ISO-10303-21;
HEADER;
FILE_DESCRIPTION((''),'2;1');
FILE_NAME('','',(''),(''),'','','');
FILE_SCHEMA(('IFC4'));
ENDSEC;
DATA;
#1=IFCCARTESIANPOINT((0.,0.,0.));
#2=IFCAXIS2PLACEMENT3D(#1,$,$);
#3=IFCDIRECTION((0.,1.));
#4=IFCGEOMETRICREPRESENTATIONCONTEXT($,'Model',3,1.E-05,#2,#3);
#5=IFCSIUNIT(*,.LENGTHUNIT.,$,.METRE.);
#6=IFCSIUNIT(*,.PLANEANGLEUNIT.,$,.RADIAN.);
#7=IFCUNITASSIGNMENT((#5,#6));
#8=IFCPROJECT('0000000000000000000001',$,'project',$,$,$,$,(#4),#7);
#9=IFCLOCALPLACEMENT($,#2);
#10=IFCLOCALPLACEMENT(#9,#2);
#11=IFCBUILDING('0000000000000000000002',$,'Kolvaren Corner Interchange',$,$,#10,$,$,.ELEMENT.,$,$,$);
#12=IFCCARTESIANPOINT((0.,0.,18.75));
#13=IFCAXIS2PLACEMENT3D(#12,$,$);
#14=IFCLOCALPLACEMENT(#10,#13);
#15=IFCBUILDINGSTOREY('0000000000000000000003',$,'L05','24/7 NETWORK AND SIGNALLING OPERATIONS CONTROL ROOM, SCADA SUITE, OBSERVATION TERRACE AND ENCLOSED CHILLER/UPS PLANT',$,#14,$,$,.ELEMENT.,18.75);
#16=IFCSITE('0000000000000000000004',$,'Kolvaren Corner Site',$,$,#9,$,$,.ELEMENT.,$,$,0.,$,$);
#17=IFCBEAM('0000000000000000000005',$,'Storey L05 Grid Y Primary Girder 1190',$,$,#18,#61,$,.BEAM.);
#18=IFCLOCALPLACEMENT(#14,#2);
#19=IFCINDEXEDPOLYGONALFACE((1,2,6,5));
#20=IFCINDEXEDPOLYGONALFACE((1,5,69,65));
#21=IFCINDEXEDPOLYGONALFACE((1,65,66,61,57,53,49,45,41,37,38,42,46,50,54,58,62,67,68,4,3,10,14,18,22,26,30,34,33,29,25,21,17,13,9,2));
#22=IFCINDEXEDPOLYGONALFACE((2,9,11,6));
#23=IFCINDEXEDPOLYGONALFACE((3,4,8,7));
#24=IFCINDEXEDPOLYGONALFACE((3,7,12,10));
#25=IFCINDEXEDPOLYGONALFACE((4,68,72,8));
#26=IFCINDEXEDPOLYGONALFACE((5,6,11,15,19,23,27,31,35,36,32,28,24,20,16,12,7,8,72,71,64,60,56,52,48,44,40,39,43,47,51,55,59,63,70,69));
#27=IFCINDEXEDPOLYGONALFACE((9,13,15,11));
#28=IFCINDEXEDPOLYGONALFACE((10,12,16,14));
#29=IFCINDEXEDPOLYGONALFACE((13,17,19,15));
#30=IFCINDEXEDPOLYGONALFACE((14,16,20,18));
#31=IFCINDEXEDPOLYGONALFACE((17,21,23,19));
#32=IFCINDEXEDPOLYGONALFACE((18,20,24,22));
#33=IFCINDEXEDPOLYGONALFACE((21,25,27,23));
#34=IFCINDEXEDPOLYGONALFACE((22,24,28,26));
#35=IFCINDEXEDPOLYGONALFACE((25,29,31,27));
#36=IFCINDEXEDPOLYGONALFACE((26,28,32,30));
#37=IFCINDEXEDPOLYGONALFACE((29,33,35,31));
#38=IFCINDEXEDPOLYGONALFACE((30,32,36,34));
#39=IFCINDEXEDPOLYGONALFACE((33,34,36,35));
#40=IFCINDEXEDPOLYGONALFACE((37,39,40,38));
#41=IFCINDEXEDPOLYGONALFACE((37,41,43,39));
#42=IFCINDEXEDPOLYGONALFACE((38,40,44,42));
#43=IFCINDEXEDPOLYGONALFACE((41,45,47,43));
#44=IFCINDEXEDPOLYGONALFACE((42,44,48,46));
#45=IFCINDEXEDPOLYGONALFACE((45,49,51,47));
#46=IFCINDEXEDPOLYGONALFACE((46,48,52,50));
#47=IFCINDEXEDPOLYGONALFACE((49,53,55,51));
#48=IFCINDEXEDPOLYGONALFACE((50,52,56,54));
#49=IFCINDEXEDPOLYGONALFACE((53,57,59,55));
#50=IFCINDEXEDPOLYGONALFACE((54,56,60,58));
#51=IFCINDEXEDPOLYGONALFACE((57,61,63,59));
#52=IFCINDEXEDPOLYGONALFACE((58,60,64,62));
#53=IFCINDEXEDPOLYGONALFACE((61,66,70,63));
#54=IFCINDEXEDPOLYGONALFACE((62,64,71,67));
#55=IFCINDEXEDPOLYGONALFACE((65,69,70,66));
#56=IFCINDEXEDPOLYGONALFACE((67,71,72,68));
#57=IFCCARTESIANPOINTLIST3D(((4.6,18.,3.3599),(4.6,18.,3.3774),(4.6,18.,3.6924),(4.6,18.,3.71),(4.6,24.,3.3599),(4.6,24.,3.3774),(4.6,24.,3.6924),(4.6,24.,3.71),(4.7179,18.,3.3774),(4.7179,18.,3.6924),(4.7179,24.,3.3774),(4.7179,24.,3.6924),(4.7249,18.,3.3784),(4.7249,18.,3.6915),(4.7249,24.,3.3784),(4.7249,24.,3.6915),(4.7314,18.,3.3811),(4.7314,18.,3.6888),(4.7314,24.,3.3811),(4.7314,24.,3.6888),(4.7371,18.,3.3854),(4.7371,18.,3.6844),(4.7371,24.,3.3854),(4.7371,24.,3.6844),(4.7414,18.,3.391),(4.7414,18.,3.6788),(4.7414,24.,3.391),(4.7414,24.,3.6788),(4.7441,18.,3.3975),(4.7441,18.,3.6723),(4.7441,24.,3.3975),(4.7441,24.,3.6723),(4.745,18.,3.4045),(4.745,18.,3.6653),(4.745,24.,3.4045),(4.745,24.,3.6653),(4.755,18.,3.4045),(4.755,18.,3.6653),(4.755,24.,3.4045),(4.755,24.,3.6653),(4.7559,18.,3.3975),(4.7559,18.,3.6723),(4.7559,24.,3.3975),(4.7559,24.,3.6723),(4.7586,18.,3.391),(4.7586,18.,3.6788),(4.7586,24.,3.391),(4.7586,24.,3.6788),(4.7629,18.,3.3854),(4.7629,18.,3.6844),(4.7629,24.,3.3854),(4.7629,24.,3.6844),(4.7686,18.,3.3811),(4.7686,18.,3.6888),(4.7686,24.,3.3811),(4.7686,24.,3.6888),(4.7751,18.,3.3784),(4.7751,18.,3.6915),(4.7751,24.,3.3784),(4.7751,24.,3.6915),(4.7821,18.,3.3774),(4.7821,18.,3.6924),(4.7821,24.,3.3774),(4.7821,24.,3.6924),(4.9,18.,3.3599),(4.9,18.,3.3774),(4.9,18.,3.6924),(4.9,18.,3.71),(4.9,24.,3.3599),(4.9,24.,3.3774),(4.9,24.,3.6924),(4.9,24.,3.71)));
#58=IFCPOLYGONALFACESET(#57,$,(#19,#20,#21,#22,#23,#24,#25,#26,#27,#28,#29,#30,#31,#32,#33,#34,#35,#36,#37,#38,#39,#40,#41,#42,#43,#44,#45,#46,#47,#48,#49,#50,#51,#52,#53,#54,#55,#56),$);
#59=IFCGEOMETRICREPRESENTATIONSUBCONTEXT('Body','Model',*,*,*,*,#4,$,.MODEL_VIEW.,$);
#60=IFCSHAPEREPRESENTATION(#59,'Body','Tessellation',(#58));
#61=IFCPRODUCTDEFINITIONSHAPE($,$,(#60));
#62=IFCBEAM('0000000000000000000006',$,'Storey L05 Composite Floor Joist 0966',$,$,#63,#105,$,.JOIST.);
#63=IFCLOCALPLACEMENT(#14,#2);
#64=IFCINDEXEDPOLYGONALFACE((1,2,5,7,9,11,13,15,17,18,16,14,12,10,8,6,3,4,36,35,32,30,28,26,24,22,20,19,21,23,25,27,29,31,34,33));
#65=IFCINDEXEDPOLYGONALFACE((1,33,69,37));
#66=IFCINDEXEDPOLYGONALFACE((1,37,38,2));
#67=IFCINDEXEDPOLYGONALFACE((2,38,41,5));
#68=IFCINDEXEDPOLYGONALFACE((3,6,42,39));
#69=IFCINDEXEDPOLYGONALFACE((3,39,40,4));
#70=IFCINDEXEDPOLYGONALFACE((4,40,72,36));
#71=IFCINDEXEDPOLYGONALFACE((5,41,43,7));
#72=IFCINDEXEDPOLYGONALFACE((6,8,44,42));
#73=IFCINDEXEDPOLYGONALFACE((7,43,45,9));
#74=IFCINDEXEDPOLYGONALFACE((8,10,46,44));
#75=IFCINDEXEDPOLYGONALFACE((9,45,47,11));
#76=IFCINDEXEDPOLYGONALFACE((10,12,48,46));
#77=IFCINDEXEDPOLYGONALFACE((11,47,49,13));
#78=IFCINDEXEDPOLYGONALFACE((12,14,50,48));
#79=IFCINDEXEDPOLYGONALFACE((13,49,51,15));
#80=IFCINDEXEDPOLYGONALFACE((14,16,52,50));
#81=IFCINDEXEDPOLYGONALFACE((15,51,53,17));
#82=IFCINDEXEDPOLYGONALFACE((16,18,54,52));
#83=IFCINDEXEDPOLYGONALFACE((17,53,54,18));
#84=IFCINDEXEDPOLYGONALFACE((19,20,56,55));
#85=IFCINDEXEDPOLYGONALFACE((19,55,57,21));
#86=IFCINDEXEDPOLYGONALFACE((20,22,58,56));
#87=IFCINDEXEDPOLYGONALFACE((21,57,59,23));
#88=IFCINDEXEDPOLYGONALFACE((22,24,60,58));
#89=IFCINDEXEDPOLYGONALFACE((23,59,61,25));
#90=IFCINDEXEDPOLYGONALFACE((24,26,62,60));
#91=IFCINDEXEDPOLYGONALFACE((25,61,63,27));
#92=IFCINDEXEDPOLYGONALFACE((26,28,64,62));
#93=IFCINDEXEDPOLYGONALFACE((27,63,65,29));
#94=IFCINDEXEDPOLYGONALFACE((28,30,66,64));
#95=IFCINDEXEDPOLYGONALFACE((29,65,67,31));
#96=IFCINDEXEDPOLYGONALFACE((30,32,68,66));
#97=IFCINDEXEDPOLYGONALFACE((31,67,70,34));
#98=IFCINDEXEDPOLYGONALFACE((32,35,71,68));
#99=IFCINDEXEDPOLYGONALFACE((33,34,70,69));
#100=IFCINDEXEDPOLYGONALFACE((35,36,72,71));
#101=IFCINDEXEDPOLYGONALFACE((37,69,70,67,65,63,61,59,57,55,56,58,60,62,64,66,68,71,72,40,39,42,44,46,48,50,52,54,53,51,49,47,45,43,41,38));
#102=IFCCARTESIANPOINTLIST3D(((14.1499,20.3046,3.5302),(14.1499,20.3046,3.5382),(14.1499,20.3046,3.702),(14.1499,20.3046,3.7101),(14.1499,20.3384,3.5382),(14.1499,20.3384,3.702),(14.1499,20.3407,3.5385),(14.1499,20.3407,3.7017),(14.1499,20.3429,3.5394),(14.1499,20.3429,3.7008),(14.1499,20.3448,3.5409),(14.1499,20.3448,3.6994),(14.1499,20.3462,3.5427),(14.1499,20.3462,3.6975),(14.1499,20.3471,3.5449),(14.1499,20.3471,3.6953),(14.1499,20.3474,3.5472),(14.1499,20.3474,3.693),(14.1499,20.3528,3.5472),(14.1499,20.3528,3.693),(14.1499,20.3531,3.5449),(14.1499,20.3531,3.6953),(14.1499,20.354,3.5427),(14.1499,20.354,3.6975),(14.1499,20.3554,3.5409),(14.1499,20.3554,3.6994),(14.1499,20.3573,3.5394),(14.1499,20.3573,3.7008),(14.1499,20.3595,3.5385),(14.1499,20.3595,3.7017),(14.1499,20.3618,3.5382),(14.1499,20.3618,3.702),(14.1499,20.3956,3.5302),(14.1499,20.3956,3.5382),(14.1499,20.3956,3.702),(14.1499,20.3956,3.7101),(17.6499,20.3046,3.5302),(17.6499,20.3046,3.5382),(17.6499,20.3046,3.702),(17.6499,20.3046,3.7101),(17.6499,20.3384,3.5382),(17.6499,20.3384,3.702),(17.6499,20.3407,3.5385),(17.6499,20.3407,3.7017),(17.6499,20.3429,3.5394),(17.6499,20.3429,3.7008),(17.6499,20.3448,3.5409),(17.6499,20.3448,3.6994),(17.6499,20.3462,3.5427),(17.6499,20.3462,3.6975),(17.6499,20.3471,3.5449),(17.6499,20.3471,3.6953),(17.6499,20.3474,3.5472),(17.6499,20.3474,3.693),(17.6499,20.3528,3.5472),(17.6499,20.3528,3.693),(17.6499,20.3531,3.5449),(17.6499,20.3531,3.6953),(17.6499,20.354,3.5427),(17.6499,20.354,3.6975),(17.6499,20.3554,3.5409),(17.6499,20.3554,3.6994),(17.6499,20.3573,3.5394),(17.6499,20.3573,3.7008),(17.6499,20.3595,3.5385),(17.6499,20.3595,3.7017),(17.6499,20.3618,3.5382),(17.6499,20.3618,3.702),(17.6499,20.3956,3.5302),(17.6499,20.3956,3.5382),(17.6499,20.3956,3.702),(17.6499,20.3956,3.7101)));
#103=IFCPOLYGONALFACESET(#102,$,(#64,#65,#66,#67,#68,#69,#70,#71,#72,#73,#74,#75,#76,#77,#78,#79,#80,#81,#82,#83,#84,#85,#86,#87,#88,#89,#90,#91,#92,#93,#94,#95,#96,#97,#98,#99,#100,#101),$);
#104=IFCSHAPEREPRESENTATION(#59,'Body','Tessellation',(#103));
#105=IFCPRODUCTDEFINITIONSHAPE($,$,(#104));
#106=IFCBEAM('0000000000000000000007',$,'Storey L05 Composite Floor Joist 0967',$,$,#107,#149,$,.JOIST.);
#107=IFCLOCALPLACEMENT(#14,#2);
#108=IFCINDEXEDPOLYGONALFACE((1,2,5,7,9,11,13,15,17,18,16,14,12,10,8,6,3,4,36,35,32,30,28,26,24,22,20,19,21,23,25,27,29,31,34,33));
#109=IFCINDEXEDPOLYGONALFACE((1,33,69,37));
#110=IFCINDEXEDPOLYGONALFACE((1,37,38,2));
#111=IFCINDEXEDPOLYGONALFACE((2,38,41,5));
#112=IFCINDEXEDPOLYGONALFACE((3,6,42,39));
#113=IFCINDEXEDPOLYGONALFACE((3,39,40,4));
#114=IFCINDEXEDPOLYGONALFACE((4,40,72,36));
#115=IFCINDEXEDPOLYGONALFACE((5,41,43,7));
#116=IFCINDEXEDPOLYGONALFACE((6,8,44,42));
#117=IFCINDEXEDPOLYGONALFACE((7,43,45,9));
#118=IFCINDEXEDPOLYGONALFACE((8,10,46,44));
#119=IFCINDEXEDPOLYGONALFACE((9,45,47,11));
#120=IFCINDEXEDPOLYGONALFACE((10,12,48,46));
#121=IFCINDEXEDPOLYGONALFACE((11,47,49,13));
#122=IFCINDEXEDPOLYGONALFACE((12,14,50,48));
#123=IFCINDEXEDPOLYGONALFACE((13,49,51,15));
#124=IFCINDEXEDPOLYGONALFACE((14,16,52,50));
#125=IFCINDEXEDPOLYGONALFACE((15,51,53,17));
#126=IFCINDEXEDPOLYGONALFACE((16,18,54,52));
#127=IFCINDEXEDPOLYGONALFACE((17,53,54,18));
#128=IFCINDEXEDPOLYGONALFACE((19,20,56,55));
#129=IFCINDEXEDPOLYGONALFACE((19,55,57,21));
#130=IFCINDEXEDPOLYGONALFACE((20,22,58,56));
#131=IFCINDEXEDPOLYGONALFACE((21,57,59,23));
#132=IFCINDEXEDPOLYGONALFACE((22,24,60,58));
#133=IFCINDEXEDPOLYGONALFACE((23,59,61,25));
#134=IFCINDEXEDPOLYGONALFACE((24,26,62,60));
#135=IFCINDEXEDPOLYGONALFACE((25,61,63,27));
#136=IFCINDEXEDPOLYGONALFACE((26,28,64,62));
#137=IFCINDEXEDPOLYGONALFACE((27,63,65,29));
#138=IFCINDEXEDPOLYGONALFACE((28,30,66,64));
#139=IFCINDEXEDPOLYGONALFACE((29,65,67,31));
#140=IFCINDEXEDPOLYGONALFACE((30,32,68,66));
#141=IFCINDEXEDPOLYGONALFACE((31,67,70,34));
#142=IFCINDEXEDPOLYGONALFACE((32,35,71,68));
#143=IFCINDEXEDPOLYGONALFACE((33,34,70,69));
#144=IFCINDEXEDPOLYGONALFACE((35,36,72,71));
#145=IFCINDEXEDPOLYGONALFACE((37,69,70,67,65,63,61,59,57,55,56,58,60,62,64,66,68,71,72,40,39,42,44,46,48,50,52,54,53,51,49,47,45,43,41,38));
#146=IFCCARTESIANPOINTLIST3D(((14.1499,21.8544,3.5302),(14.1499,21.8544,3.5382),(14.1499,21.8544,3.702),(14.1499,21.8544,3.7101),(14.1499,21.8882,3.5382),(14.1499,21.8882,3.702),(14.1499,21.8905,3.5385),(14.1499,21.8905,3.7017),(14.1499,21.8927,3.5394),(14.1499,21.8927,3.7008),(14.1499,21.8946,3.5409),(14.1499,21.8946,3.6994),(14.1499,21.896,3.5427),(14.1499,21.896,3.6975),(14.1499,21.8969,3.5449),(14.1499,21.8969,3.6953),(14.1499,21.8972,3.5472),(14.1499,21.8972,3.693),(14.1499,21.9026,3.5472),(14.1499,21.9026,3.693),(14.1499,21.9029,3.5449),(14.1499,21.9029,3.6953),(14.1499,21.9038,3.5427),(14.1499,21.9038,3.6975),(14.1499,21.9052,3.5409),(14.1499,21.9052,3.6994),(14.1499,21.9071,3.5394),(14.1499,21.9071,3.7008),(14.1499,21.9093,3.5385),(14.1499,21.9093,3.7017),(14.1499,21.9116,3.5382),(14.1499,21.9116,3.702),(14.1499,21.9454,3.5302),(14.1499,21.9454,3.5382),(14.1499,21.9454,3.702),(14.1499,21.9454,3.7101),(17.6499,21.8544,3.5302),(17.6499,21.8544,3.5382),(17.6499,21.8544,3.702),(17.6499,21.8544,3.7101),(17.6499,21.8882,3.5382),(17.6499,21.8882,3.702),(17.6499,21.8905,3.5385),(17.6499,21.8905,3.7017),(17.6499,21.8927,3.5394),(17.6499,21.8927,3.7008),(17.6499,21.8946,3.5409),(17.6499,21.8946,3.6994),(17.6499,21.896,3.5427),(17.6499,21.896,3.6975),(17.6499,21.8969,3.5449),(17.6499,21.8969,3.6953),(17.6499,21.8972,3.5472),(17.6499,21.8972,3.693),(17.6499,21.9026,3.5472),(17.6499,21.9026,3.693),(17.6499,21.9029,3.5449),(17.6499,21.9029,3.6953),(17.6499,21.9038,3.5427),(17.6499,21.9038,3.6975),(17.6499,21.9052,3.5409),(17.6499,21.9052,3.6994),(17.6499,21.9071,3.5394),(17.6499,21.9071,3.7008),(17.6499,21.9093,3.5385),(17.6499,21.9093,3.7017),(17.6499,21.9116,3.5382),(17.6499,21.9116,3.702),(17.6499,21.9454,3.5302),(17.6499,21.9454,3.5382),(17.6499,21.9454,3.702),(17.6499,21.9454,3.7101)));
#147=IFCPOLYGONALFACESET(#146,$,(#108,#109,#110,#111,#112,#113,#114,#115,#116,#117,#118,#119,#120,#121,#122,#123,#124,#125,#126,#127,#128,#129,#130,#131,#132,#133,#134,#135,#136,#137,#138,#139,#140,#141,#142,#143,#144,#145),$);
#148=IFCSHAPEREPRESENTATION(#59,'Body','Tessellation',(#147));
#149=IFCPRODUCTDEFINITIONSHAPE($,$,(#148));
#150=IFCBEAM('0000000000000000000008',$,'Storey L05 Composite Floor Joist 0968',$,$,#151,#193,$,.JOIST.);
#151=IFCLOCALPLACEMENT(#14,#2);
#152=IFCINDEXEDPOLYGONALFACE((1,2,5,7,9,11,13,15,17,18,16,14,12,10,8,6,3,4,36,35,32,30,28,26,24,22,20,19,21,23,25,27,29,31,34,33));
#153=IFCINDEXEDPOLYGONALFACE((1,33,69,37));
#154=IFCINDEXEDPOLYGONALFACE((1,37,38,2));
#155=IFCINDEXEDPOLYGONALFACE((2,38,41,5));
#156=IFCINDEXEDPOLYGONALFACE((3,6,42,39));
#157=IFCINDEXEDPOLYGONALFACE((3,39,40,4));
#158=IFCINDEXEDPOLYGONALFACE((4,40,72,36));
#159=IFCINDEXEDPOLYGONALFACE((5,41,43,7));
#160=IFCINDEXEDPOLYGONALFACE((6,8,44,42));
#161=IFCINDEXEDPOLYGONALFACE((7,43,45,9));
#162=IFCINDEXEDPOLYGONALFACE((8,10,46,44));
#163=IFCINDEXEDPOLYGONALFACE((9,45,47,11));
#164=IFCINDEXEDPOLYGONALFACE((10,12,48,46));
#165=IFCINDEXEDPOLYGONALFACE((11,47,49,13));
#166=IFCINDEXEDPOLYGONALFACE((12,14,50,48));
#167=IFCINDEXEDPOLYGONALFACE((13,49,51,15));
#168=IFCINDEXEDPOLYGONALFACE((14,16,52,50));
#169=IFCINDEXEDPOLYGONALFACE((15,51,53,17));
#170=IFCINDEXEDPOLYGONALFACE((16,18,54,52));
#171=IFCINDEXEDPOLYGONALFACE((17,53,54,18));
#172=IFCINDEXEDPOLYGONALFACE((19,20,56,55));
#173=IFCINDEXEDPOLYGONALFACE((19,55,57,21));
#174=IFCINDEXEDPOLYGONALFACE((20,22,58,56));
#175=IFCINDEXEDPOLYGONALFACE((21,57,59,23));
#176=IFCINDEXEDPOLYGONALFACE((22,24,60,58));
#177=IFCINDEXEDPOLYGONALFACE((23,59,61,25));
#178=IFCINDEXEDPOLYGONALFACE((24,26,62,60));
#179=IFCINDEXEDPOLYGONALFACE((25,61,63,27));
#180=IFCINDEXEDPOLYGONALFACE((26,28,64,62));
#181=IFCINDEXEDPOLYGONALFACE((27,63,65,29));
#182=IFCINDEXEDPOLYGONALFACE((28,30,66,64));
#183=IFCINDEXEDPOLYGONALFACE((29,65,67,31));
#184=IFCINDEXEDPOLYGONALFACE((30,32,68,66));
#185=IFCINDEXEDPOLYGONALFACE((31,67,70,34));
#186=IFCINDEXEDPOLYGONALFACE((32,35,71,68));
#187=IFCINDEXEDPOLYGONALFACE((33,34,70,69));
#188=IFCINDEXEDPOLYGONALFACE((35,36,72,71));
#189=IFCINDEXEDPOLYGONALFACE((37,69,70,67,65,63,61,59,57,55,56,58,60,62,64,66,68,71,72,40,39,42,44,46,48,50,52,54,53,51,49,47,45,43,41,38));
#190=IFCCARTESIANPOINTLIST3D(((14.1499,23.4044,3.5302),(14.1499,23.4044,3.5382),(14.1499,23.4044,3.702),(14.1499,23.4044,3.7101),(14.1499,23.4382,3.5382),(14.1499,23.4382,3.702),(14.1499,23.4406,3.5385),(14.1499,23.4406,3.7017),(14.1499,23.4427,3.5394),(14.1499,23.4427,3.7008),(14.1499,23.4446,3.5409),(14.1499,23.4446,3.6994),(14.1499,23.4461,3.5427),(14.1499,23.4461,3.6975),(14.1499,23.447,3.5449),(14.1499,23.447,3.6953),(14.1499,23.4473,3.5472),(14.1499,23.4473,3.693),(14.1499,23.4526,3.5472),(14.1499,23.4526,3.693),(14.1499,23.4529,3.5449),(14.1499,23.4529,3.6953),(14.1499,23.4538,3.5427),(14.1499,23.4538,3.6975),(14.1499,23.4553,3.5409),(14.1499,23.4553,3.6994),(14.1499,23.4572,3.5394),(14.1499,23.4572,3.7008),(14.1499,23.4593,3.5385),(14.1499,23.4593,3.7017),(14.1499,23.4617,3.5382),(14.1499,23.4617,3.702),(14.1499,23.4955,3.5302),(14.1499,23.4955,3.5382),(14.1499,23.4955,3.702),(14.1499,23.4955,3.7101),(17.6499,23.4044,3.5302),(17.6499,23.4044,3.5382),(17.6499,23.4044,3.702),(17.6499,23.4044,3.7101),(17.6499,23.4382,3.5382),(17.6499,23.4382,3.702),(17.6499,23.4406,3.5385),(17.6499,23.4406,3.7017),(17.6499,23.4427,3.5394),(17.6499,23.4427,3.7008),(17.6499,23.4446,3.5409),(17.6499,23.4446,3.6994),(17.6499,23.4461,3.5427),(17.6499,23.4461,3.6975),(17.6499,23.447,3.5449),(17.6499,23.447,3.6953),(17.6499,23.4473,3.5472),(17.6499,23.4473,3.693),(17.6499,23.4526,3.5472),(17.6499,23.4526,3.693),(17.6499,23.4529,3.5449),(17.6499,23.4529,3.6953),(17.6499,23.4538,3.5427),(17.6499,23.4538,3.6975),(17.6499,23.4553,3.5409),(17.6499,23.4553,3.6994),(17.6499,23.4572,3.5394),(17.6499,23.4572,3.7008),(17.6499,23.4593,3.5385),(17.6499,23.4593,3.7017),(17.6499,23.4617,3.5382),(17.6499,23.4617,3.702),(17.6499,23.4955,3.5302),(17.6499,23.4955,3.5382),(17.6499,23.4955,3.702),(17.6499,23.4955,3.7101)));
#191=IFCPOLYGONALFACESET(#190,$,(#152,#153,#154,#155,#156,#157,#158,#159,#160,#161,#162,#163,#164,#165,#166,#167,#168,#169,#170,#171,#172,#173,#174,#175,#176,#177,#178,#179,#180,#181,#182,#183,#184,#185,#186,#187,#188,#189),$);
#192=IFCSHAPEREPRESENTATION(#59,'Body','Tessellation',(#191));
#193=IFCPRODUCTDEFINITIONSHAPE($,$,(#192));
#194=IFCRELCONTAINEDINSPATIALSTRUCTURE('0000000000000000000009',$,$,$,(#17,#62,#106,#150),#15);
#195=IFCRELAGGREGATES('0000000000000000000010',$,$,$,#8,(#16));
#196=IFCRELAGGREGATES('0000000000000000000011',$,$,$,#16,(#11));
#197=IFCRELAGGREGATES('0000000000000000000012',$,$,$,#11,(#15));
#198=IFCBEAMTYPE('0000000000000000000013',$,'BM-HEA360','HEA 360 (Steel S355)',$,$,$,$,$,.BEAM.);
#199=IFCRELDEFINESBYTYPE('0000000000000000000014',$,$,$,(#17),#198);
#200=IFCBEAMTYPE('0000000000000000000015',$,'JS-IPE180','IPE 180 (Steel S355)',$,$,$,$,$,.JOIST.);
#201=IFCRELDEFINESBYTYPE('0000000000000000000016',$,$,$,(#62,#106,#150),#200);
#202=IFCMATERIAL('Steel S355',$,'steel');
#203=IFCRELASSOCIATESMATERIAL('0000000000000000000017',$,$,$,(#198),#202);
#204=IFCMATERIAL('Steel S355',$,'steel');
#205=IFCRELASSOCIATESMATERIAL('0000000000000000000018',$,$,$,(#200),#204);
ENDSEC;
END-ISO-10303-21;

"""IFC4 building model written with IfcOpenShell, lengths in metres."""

from ifc_helpers import new_model, si_unit, direction, frame, origin, origin_2d, place, context, subcontext, project, spatial, i_section, extrude, material, material_profile, profile_set, type_object, element, save


model = new_model("IFC4")

# Units and contexts
model_context = context("Model", 3, precision=1e-05, world=origin(), true_north=direction((0.0, 1.0)))
body_context = subcontext(model_context, "Body", "Model", "MODEL_VIEW")
ifc_project = project(units=[si_unit("LENGTHUNIT", "METRE"), si_unit("PLANEANGLEUNIT", "RADIAN")], contexts=[model_context])

# Site, building, storey
site_placement = place(None, origin())
site = spatial("IfcSite", under=ifc_project, at=site_placement, Name="Kolvaren Corner Site", CompositionType="ELEMENT", RefElevation=0.0)
building_placement = place(site_placement, origin())
building = spatial("IfcBuilding", under=site, at=building_placement, Name="Kolvaren Corner Interchange", CompositionType="ELEMENT")
storey_placement = place(building_placement, frame((0.0, 0.0, 18.75)))
storey = spatial("IfcBuildingStorey", under=building, at=storey_placement, Name="L05", Description="24/7 NETWORK AND SIGNALLING OPERATIONS CONTROL ROOM, SCADA SUITE, OBSERVATION TERRACE AND ENCLOSED CHILLER/UPS PLANT", CompositionType="ELEMENT", Elevation=18.75)

# Beams
ifc_material_1 = material(Name="Steel S355", Category="steel")
ifc_material_profile_1 = material_profile(ifc_material_1, i_section(OverallWidth=0.3, OverallDepth=0.3501, WebThickness=0.01, FlangeThickness=0.0176, FilletRadius=0.0271, at=origin_2d()), Name="HEA 360")
ifc_profile_set_1 = profile_set([ifc_material_profile_1], Name="Steel S355")
beam_type_1 = type_object("IfcBeamType", Name="BM-HEA360", Description="HEA 360 (Steel S355)", PredefinedType="BEAM", material=ifc_profile_set_1)
beam_1_placement = place(storey_placement, frame((4.75, 18.0, 3.5349), z_axis=(0.0, 1.0, 0.0), x_axis=(-1.0, 0.0, 0.0)))
element("IfcBeam", 1, at=beam_1_placement, inside=storey, type_object=beam_type_1, Name="Storey L05 Grid Y Primary Girder 1190", PredefinedType="BEAM", context=body_context, shape_type="SweptSolid", body=[
    extrude(i_section(OverallWidth=0.3, OverallDepth=0.3501, WebThickness=0.01, FlangeThickness=0.0176, FilletRadius=0.0271, at=origin_2d()), origin(), (0.0, 0.0, 1.0), 6.0),
])
ifc_material_2 = material(Name="Steel S355", Category="steel")
ifc_material_profile_2 = material_profile(ifc_material_2, i_section(OverallWidth=0.0911, OverallDepth=0.1799, WebThickness=0.0054, FlangeThickness=0.0081, FilletRadius=0.009, at=origin_2d()), Name="IPE 180")
ifc_profile_set_2 = profile_set([ifc_material_profile_2], Name="Steel S355")
beam_type_2 = type_object("IfcBeamType", Name="JS-IPE180", Description="IPE 180 (Steel S355)", PredefinedType="JOIST", material=ifc_profile_set_2)
for number, where, z_axis, x_axis, name in (
    (2, (14.1499, 20.3501, 3.6201), (1.0, 0.0, 0.0), (0.0, 1.0, 0.0), "Storey L05 Composite Floor Joist 0966"),
    (3, (14.1499, 21.8999, 3.6201), (1.0, 0.0, 0.0), (0.0, 1.0, 0.0), "Storey L05 Composite Floor Joist 0967"),
    (4, (14.1499, 23.45, 3.6201), (1.0, 0.0, 0.0), (0.0, 1.0, 0.0), "Storey L05 Composite Floor Joist 0968"),
):
    element("IfcBeam", number, at=place(storey_placement, frame(where, z_axis=z_axis, x_axis=x_axis)), inside=storey, type_object=beam_type_2, Name=name, PredefinedType="JOIST", context=body_context, shape_type="SweptSolid", body=[
        extrude(i_section(OverallWidth=0.0911, OverallDepth=0.1799, WebThickness=0.0054, FlangeThickness=0.0081, FilletRadius=0.009, at=origin_2d()), origin(), (0.0, 0.0, 1.0), 3.5),
    ])

save(model, "model.ifc")
